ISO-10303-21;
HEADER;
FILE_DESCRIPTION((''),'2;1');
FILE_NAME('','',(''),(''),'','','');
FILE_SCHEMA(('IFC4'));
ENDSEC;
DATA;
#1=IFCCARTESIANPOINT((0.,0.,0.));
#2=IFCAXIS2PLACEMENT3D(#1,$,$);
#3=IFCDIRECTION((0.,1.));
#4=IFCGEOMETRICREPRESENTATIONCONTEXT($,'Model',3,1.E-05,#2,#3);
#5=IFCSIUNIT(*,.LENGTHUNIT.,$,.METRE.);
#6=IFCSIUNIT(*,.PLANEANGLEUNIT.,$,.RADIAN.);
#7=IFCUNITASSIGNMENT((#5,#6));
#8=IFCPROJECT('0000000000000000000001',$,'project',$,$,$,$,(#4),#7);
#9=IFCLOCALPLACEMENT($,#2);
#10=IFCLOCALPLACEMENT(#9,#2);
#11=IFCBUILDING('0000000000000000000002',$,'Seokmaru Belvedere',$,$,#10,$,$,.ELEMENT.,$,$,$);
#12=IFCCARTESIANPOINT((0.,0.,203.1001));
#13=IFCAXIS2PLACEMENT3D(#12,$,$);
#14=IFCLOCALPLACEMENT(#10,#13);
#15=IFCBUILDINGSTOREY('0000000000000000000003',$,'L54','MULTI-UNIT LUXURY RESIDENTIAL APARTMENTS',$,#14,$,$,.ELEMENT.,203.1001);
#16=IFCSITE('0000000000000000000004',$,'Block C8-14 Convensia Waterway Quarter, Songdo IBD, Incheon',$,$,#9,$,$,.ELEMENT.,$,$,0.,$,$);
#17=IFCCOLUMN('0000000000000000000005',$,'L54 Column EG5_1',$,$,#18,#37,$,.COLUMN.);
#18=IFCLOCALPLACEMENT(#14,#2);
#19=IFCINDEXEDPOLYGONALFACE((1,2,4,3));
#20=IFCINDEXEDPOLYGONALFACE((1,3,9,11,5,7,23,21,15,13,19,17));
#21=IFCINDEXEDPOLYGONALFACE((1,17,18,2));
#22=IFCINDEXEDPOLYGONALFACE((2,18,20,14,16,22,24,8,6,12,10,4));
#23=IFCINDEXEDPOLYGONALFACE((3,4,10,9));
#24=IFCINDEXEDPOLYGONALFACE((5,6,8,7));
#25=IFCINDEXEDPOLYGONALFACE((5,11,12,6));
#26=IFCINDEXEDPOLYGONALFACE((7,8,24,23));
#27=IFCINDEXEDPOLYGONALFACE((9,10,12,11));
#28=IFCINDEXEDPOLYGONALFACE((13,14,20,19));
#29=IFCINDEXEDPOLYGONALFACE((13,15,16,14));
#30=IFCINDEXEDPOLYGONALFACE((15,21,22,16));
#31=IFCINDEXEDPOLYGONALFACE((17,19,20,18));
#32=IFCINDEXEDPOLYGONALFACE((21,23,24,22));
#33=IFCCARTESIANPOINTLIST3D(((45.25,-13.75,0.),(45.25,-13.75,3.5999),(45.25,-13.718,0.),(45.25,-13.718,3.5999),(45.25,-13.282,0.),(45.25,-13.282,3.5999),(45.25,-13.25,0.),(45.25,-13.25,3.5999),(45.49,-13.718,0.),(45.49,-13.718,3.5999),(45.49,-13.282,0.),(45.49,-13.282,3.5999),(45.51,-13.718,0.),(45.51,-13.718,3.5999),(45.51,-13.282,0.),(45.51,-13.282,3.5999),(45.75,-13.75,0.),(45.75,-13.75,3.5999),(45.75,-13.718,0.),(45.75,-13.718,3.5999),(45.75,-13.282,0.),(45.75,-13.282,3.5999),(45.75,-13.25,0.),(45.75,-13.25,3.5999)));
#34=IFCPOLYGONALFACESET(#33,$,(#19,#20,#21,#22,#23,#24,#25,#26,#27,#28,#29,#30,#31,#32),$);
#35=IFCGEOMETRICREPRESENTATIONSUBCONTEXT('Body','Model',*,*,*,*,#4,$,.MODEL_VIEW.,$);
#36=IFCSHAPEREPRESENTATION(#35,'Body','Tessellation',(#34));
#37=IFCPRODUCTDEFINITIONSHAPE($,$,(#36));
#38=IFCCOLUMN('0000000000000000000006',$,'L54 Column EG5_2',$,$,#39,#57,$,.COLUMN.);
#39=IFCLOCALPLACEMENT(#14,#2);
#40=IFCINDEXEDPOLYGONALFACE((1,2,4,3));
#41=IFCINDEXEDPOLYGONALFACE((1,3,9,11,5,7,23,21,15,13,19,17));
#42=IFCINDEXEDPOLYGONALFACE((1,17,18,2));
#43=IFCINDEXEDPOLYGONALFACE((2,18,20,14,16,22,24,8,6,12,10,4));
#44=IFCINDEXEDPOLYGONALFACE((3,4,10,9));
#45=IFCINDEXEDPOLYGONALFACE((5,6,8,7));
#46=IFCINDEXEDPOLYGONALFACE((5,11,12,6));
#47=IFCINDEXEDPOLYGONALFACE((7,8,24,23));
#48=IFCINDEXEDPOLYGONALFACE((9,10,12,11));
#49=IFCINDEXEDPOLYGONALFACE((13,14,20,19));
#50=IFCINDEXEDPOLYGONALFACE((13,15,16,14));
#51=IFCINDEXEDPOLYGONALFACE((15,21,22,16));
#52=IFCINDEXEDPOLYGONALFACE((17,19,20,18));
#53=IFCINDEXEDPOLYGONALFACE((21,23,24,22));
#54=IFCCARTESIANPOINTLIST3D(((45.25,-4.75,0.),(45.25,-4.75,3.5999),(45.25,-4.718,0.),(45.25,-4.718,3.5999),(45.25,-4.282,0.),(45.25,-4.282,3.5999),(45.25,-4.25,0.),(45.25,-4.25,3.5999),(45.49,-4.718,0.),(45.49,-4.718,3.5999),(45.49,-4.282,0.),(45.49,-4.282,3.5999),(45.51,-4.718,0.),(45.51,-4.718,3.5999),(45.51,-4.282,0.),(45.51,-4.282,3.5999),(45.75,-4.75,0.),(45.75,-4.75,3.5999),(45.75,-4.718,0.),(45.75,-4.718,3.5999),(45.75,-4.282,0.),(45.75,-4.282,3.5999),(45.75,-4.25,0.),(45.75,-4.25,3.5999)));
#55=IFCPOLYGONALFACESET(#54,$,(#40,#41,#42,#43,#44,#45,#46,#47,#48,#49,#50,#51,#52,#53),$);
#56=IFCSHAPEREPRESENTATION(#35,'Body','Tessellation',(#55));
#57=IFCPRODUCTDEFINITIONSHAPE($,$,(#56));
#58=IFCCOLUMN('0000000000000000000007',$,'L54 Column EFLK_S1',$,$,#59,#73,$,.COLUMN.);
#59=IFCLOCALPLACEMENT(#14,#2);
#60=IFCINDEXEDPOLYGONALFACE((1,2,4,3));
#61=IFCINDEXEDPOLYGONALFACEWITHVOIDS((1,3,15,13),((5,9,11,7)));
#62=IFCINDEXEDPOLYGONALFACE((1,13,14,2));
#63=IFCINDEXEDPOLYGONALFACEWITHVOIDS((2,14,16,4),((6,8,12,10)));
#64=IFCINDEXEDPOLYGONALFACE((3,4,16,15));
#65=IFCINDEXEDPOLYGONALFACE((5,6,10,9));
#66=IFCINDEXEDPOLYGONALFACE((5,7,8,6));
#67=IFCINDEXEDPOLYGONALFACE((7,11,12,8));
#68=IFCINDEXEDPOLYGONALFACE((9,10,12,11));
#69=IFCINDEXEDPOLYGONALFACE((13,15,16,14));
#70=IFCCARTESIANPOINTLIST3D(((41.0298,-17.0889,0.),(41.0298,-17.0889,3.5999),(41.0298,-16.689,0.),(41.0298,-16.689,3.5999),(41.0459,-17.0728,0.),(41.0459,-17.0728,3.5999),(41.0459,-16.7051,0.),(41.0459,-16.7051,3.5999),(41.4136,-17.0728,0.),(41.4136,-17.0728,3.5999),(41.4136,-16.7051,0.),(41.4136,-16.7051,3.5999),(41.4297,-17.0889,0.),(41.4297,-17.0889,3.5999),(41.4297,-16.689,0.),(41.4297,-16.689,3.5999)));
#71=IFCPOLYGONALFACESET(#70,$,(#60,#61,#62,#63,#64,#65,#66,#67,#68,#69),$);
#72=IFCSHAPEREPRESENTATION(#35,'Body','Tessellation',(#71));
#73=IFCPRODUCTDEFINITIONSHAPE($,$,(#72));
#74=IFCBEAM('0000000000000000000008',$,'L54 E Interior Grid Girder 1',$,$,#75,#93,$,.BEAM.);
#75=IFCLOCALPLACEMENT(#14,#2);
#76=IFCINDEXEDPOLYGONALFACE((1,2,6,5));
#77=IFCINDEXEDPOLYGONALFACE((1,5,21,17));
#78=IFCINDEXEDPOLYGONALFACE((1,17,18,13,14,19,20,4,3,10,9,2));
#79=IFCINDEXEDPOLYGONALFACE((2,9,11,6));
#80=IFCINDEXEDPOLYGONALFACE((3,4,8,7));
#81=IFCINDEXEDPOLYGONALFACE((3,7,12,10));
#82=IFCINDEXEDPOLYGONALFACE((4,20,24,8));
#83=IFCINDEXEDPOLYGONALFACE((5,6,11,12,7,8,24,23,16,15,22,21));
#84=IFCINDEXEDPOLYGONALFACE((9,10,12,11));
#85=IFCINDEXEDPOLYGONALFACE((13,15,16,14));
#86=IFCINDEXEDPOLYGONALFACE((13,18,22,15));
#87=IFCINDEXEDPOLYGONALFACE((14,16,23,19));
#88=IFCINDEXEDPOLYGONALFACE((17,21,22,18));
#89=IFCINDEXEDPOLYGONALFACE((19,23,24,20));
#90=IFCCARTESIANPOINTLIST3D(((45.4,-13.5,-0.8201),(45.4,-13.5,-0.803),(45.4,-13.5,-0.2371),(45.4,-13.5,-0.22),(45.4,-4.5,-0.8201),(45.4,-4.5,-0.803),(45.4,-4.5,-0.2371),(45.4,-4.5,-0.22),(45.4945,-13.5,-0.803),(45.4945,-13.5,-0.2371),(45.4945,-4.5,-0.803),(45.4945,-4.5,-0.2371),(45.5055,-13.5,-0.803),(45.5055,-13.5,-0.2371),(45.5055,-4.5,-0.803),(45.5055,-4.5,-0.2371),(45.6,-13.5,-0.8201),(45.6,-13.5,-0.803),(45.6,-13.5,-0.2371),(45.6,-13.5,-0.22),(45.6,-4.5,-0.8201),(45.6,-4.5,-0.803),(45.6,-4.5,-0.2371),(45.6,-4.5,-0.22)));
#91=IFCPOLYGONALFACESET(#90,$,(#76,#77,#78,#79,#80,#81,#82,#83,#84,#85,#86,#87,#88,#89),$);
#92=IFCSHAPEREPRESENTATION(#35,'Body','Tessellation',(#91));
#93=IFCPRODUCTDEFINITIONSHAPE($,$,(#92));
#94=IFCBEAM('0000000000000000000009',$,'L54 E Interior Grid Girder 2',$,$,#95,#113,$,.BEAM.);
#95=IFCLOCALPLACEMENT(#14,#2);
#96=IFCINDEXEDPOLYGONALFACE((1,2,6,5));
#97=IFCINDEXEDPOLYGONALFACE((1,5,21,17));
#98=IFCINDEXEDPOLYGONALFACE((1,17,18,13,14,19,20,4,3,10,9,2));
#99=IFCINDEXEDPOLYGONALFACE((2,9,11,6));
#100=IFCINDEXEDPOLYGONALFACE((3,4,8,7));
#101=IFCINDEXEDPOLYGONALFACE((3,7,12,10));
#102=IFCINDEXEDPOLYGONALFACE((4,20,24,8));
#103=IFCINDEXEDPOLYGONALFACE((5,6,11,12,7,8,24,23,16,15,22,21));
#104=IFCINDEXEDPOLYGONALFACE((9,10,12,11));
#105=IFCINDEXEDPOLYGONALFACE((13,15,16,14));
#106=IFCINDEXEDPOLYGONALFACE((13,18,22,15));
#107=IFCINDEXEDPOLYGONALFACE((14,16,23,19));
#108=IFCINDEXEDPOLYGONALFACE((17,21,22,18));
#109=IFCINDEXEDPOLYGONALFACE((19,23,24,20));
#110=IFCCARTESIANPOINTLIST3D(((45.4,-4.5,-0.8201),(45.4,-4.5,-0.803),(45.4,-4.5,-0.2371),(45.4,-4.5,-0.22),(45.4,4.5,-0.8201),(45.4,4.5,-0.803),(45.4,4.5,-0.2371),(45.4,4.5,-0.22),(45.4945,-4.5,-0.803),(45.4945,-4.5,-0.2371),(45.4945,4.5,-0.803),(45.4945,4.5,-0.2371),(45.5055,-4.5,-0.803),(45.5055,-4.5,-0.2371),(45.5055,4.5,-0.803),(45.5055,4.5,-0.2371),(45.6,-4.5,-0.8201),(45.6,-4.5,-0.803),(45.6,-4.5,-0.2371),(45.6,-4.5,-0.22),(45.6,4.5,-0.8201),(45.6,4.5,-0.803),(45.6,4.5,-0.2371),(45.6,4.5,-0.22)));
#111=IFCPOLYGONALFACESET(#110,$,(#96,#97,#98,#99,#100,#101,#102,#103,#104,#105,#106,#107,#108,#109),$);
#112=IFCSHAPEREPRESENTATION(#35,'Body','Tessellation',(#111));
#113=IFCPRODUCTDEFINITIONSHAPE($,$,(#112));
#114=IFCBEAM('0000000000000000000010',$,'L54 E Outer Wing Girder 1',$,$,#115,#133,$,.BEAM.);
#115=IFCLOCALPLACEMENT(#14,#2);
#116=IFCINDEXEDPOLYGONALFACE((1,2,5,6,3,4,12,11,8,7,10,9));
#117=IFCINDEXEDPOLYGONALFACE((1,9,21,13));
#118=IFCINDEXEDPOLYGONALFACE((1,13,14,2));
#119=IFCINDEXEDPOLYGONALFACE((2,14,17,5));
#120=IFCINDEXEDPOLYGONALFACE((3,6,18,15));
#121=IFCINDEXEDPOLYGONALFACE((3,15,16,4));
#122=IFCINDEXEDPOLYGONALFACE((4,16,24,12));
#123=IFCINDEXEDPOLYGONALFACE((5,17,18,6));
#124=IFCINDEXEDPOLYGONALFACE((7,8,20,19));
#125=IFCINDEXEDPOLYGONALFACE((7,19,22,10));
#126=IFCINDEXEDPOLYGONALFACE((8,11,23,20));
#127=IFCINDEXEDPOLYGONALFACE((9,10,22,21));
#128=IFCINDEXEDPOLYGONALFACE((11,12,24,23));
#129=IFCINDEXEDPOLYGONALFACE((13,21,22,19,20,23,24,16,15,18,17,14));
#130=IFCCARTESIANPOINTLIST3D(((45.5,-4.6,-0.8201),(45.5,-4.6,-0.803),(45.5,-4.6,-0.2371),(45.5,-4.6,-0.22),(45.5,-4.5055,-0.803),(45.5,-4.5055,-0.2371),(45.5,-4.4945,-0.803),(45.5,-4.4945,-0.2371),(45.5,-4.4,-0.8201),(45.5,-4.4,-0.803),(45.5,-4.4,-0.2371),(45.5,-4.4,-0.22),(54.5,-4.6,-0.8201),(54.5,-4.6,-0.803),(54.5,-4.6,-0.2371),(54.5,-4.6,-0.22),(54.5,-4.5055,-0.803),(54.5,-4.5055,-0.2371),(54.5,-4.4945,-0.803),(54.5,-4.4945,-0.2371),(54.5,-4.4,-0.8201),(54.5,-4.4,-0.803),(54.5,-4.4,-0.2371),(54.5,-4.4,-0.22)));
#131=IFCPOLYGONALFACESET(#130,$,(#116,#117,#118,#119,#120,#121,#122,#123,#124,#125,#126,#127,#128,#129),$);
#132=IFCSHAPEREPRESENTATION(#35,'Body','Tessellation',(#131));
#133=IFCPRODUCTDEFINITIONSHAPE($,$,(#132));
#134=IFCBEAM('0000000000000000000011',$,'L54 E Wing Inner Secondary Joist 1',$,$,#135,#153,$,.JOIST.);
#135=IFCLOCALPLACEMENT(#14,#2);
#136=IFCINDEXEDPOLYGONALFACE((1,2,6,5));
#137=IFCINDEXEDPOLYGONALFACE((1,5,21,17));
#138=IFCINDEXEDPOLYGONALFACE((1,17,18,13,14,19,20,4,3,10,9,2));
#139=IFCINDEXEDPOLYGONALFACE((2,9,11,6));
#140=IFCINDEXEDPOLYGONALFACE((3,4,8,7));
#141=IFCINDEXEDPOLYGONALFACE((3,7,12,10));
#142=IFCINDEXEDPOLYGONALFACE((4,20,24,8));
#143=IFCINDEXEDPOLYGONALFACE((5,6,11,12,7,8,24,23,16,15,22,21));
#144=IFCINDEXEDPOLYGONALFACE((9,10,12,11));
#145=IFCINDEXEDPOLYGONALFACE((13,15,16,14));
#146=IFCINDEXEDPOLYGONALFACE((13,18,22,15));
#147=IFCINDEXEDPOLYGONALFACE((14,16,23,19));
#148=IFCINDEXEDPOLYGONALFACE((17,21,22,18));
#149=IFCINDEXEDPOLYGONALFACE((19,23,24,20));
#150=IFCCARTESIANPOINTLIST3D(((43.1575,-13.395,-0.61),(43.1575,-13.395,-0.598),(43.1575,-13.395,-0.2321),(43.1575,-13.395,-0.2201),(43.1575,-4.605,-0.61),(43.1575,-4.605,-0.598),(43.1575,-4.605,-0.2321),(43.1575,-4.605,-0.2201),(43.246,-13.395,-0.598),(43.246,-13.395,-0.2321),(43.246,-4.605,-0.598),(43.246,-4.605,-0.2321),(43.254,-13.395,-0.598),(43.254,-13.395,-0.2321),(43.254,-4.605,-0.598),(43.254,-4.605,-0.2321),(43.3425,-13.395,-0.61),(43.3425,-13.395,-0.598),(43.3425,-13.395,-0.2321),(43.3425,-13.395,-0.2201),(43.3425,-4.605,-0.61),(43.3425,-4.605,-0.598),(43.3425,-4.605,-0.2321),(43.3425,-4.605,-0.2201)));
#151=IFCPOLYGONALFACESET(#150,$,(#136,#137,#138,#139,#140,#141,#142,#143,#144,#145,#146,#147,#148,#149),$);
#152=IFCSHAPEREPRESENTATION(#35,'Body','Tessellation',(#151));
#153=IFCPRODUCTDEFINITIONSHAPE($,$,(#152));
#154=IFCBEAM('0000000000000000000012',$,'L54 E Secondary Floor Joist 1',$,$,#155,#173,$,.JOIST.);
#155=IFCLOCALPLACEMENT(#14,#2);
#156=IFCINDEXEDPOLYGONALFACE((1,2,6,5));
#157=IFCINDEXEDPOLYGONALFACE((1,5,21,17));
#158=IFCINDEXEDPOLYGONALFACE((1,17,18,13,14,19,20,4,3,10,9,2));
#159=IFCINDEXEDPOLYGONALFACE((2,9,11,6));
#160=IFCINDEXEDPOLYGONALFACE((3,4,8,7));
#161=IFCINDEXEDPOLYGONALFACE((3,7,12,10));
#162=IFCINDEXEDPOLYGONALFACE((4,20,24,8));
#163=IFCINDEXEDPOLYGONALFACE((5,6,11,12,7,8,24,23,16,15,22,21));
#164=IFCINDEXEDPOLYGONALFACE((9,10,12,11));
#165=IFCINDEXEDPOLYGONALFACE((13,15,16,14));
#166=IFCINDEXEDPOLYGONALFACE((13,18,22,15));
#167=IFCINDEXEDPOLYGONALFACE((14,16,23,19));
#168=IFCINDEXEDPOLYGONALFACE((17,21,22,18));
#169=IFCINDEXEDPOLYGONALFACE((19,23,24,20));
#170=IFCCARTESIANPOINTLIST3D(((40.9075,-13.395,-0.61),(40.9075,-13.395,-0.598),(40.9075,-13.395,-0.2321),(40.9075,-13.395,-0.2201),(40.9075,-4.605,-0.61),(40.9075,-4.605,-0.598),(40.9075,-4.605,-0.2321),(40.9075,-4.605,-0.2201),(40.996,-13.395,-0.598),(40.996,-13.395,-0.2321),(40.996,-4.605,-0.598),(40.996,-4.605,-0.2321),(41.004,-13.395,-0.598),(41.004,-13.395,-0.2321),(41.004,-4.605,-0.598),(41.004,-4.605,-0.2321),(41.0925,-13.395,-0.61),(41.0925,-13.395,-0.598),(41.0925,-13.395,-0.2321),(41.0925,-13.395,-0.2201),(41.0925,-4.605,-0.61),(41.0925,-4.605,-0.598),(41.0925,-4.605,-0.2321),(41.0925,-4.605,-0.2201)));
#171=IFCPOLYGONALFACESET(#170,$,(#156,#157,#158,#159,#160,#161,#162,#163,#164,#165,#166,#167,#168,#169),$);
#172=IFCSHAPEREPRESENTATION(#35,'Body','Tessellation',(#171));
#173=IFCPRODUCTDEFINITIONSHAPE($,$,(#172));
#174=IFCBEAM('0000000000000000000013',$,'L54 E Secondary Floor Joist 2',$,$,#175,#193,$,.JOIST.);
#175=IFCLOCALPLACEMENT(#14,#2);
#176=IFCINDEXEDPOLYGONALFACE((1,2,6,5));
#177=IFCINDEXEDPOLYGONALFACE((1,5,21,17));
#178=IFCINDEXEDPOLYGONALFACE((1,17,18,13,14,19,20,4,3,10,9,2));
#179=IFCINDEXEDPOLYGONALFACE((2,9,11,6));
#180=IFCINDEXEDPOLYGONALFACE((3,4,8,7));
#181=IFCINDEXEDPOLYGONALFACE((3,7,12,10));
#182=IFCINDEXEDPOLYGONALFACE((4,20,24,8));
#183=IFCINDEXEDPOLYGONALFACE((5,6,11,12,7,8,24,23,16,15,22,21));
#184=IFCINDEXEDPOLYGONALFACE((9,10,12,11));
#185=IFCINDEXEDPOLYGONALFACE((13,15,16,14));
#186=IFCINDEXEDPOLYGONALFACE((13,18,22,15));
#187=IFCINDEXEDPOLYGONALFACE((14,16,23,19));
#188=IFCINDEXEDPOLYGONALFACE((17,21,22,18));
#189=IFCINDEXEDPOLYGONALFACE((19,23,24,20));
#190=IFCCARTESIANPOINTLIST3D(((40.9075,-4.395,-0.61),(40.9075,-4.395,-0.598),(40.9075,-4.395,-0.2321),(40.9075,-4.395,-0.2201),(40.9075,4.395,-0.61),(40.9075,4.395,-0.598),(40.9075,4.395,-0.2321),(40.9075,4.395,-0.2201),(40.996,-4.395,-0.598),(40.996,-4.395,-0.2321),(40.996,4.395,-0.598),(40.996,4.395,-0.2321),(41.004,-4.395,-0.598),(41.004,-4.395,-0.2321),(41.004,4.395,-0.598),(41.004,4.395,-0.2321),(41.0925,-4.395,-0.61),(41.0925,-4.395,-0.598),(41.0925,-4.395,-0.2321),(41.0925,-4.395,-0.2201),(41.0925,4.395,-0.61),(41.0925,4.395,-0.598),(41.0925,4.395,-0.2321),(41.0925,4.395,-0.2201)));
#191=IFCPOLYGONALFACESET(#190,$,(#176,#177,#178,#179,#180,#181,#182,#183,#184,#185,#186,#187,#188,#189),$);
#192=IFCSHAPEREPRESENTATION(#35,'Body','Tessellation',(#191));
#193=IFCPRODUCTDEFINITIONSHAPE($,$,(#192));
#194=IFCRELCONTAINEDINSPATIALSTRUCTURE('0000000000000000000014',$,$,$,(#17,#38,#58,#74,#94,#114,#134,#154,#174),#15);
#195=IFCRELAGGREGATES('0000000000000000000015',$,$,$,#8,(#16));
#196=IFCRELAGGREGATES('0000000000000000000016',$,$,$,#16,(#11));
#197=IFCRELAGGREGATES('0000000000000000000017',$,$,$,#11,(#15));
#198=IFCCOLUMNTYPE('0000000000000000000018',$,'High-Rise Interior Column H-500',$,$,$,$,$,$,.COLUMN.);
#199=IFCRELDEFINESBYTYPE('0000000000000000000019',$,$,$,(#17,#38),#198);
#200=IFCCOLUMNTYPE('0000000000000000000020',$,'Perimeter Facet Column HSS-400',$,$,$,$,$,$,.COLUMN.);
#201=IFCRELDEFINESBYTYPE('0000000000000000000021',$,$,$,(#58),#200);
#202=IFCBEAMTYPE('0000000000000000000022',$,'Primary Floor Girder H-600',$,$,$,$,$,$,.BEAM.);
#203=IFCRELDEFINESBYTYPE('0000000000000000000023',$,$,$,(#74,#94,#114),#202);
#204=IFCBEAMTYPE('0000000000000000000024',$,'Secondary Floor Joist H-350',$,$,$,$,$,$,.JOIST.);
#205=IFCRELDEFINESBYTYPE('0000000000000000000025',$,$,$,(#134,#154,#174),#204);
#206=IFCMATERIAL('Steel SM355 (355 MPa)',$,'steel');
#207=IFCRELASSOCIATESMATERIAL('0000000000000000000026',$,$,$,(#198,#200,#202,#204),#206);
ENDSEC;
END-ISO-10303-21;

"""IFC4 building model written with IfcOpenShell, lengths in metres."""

from ifc_helpers import new_model, si_unit, direction, frame, origin, origin_2d, place, context, subcontext, project, spatial, hollow_rectangle, i_section, extrude, source, transform, mapped, material, material_profile, profile_set, type_object, type_shapes, element, save


model = new_model("IFC4")

# Units and contexts
model_context = context("Model", 3, precision=1e-05, world=origin(), true_north=direction((0.0, 1.0)))
body_context = subcontext(model_context, "Body", "Model", "MODEL_VIEW")
ifc_project = project(units=[si_unit("LENGTHUNIT", "METRE"), si_unit("PLANEANGLEUNIT", "RADIAN")], contexts=[model_context])

# Site, building, storey
site_placement = place(None, origin())
site = spatial("IfcSite", under=ifc_project, at=site_placement, Name="Block C8-14 Convensia Waterway Quarter, Songdo IBD, Incheon", CompositionType="ELEMENT", RefElevation=0.0)
building_placement = place(site_placement, origin())
building = spatial("IfcBuilding", under=site, at=building_placement, Name="Seokmaru Belvedere", CompositionType="ELEMENT")
storey_placement = place(building_placement, frame((0.0, 0.0, 203.1001)))
storey = spatial("IfcBuildingStorey", under=building, at=storey_placement, Name="L54", Description="MULTI-UNIT LUXURY RESIDENTIAL APARTMENTS", CompositionType="ELEMENT", Elevation=203.1001)

# Columns
ifc_material_1 = material(Name="Steel SM355 (355 MPa)", Category="steel")
ifc_material_profile_1 = material_profile(ifc_material_1, i_section(OverallWidth=0.5, OverallDepth=0.5, WebThickness=0.02, FlangeThickness=0.032, at=origin_2d()), Name="H-500x500x20x32")
ifc_profile_set_1 = profile_set([ifc_material_profile_1], Name="Steel SM355 (355 MPa)")
column_type_1 = type_object("IfcColumnType", Name="High-Rise Interior Column H-500", PredefinedType="COLUMN", material=ifc_profile_set_1)
shared_shape_1 = source(origin(), body_context, "Body", "SweptSolid", [
    extrude(i_section(OverallWidth=0.5, OverallDepth=0.5, WebThickness=0.02, FlangeThickness=0.032, at=origin_2d()), origin(), (0.0, 0.0, 1.0), 3.5999),
])
type_shapes(column_type_1, [shared_shape_1])
for number, where, z_axis, x_axis, name in (
    (1, (45.5, -13.5, 0.0), (0.0, 0.0, 1.0), (1.0, 0.0, 0.0), "L54 Column EG5_1"),
    (2, (45.5, -4.5, 0.0), (0.0, 0.0, 1.0), (1.0, 0.0, 0.0), "L54 Column EG5_2"),
):
    element("IfcColumn", number, at=place(storey_placement, frame(where, z_axis=z_axis, x_axis=x_axis)), inside=storey, type_object=column_type_1, Name=name, PredefinedType="COLUMN", context=body_context, shape_type="MappedRepresentation", body=[
        mapped(shared_shape_1, transform((0.0, 0.0, 0.0), scale=1.0)),
    ])
ifc_material_profile_2 = material_profile(ifc_material_1, hollow_rectangle(XDim=0.3999, YDim=0.3999, WallThickness=0.0161, at=origin_2d()), Name="HSS-400x400x16")
ifc_profile_set_2 = profile_set([ifc_material_profile_2], Name="Steel SM355 (355 MPa)")
column_type_2 = type_object("IfcColumnType", Name="Perimeter Facet Column HSS-400", PredefinedType="COLUMN", material=ifc_profile_set_2)
shared_shape_2 = source(origin(), body_context, "Body", "SweptSolid", [
    extrude(hollow_rectangle(XDim=0.3999, YDim=0.3999, WallThickness=0.0161, at=origin_2d()), origin(), (0.0, 0.0, 1.0), 3.5999),
])
type_shapes(column_type_2, [shared_shape_2])
column_placement = place(storey_placement, frame((41.2297, -16.8889, 0.0), z_axis=(0.0, 0.0, 1.0), x_axis=(1.0, 0.0, 0.0)))
element("IfcColumn", 3, at=column_placement, inside=storey, type_object=column_type_2, Name="L54 Column EFLK_S1", PredefinedType="COLUMN", context=body_context, shape_type="MappedRepresentation", body=[
    mapped(shared_shape_2, transform((0.0, 0.0, 0.0), scale=1.0)),
])

# Beams
ifc_material_profile_3 = material_profile(ifc_material_1, i_section(OverallWidth=0.2, OverallDepth=0.6001, WebThickness=0.011, FlangeThickness=0.0171, at=origin_2d()), Name="H-600x200x11x17")
ifc_profile_set_3 = profile_set([ifc_material_profile_3], Name="Steel SM355 (355 MPa)")
beam_type_1 = type_object("IfcBeamType", Name="Primary Floor Girder H-600", PredefinedType="BEAM", material=ifc_profile_set_3)
shared_shape_3 = source(origin(), body_context, "Body", "SweptSolid", [
    extrude(i_section(OverallWidth=0.2, OverallDepth=0.6001, WebThickness=0.011, FlangeThickness=0.0171, at=origin_2d()), origin(), (0.0, 0.0, 1.0), 9.0),
])
for number, where, z_axis, x_axis, name in (
    (4, (45.5, -13.5, -0.52), (0.0, 1.0, 0.0), (-1.0, 0.0, 0.0), "L54 E Interior Grid Girder 1"),
    (5, (45.5, -4.5, -0.52), (0.0, 1.0, 0.0), (-1.0, 0.0, 0.0), "L54 E Interior Grid Girder 2"),
    (6, (45.5, -4.5, -0.52), (1.0, 0.0, 0.0), (0.0, 1.0, 0.0), "L54 E Outer Wing Girder 1"),
):
    element("IfcBeam", number, at=place(storey_placement, frame(where, z_axis=z_axis, x_axis=x_axis)), inside=storey, type_object=beam_type_1, Name=name, PredefinedType="BEAM", context=body_context, shape_type="MappedRepresentation", body=[
        mapped(shared_shape_3, transform((0.0, 0.0, 0.0), scale=1.0)),
    ])
ifc_material_profile_4 = material_profile(ifc_material_1, i_section(OverallWidth=0.1851, OverallDepth=0.3899, WebThickness=0.0081, FlangeThickness=0.012, at=origin_2d()), Name="H-390x185x8x12")
ifc_profile_set_4 = profile_set([ifc_material_profile_4], Name="Steel SM355 (355 MPa)")
beam_type_2 = type_object("IfcBeamType", Name="Secondary Floor Joist H-350", PredefinedType="JOIST", material=ifc_profile_set_4)
shared_shape_4 = source(origin(), body_context, "Body", "SweptSolid", [
    extrude(i_section(OverallWidth=0.1851, OverallDepth=0.3899, WebThickness=0.0081, FlangeThickness=0.012, at=origin_2d()), origin(), (0.0, 0.0, 1.0), 8.79),
])
type_shapes(beam_type_2, [shared_shape_4])
for number, where, z_axis, x_axis, name in (
    (7, (43.25, -13.395, -0.415), (0.0, 1.0, 0.0), (-1.0, 0.0, 0.0), "L54 E Wing Inner Secondary Joist 1"),
    (8, (41.0, -13.395, -0.415), (0.0, 1.0, 0.0), (-1.0, 0.0, 0.0), "L54 E Secondary Floor Joist 1"),
    (9, (41.0, -4.395, -0.415), (0.0, 1.0, 0.0), (-1.0, 0.0, 0.0), "L54 E Secondary Floor Joist 2"),
):
    element("IfcBeam", number, at=place(storey_placement, frame(where, z_axis=z_axis, x_axis=x_axis)), inside=storey, type_object=beam_type_2, Name=name, PredefinedType="JOIST", context=body_context, shape_type="MappedRepresentation", body=[
        mapped(shared_shape_4, transform((0.0, 0.0, 0.0), scale=1.0)),
    ])

save(model, "model.ifc")
